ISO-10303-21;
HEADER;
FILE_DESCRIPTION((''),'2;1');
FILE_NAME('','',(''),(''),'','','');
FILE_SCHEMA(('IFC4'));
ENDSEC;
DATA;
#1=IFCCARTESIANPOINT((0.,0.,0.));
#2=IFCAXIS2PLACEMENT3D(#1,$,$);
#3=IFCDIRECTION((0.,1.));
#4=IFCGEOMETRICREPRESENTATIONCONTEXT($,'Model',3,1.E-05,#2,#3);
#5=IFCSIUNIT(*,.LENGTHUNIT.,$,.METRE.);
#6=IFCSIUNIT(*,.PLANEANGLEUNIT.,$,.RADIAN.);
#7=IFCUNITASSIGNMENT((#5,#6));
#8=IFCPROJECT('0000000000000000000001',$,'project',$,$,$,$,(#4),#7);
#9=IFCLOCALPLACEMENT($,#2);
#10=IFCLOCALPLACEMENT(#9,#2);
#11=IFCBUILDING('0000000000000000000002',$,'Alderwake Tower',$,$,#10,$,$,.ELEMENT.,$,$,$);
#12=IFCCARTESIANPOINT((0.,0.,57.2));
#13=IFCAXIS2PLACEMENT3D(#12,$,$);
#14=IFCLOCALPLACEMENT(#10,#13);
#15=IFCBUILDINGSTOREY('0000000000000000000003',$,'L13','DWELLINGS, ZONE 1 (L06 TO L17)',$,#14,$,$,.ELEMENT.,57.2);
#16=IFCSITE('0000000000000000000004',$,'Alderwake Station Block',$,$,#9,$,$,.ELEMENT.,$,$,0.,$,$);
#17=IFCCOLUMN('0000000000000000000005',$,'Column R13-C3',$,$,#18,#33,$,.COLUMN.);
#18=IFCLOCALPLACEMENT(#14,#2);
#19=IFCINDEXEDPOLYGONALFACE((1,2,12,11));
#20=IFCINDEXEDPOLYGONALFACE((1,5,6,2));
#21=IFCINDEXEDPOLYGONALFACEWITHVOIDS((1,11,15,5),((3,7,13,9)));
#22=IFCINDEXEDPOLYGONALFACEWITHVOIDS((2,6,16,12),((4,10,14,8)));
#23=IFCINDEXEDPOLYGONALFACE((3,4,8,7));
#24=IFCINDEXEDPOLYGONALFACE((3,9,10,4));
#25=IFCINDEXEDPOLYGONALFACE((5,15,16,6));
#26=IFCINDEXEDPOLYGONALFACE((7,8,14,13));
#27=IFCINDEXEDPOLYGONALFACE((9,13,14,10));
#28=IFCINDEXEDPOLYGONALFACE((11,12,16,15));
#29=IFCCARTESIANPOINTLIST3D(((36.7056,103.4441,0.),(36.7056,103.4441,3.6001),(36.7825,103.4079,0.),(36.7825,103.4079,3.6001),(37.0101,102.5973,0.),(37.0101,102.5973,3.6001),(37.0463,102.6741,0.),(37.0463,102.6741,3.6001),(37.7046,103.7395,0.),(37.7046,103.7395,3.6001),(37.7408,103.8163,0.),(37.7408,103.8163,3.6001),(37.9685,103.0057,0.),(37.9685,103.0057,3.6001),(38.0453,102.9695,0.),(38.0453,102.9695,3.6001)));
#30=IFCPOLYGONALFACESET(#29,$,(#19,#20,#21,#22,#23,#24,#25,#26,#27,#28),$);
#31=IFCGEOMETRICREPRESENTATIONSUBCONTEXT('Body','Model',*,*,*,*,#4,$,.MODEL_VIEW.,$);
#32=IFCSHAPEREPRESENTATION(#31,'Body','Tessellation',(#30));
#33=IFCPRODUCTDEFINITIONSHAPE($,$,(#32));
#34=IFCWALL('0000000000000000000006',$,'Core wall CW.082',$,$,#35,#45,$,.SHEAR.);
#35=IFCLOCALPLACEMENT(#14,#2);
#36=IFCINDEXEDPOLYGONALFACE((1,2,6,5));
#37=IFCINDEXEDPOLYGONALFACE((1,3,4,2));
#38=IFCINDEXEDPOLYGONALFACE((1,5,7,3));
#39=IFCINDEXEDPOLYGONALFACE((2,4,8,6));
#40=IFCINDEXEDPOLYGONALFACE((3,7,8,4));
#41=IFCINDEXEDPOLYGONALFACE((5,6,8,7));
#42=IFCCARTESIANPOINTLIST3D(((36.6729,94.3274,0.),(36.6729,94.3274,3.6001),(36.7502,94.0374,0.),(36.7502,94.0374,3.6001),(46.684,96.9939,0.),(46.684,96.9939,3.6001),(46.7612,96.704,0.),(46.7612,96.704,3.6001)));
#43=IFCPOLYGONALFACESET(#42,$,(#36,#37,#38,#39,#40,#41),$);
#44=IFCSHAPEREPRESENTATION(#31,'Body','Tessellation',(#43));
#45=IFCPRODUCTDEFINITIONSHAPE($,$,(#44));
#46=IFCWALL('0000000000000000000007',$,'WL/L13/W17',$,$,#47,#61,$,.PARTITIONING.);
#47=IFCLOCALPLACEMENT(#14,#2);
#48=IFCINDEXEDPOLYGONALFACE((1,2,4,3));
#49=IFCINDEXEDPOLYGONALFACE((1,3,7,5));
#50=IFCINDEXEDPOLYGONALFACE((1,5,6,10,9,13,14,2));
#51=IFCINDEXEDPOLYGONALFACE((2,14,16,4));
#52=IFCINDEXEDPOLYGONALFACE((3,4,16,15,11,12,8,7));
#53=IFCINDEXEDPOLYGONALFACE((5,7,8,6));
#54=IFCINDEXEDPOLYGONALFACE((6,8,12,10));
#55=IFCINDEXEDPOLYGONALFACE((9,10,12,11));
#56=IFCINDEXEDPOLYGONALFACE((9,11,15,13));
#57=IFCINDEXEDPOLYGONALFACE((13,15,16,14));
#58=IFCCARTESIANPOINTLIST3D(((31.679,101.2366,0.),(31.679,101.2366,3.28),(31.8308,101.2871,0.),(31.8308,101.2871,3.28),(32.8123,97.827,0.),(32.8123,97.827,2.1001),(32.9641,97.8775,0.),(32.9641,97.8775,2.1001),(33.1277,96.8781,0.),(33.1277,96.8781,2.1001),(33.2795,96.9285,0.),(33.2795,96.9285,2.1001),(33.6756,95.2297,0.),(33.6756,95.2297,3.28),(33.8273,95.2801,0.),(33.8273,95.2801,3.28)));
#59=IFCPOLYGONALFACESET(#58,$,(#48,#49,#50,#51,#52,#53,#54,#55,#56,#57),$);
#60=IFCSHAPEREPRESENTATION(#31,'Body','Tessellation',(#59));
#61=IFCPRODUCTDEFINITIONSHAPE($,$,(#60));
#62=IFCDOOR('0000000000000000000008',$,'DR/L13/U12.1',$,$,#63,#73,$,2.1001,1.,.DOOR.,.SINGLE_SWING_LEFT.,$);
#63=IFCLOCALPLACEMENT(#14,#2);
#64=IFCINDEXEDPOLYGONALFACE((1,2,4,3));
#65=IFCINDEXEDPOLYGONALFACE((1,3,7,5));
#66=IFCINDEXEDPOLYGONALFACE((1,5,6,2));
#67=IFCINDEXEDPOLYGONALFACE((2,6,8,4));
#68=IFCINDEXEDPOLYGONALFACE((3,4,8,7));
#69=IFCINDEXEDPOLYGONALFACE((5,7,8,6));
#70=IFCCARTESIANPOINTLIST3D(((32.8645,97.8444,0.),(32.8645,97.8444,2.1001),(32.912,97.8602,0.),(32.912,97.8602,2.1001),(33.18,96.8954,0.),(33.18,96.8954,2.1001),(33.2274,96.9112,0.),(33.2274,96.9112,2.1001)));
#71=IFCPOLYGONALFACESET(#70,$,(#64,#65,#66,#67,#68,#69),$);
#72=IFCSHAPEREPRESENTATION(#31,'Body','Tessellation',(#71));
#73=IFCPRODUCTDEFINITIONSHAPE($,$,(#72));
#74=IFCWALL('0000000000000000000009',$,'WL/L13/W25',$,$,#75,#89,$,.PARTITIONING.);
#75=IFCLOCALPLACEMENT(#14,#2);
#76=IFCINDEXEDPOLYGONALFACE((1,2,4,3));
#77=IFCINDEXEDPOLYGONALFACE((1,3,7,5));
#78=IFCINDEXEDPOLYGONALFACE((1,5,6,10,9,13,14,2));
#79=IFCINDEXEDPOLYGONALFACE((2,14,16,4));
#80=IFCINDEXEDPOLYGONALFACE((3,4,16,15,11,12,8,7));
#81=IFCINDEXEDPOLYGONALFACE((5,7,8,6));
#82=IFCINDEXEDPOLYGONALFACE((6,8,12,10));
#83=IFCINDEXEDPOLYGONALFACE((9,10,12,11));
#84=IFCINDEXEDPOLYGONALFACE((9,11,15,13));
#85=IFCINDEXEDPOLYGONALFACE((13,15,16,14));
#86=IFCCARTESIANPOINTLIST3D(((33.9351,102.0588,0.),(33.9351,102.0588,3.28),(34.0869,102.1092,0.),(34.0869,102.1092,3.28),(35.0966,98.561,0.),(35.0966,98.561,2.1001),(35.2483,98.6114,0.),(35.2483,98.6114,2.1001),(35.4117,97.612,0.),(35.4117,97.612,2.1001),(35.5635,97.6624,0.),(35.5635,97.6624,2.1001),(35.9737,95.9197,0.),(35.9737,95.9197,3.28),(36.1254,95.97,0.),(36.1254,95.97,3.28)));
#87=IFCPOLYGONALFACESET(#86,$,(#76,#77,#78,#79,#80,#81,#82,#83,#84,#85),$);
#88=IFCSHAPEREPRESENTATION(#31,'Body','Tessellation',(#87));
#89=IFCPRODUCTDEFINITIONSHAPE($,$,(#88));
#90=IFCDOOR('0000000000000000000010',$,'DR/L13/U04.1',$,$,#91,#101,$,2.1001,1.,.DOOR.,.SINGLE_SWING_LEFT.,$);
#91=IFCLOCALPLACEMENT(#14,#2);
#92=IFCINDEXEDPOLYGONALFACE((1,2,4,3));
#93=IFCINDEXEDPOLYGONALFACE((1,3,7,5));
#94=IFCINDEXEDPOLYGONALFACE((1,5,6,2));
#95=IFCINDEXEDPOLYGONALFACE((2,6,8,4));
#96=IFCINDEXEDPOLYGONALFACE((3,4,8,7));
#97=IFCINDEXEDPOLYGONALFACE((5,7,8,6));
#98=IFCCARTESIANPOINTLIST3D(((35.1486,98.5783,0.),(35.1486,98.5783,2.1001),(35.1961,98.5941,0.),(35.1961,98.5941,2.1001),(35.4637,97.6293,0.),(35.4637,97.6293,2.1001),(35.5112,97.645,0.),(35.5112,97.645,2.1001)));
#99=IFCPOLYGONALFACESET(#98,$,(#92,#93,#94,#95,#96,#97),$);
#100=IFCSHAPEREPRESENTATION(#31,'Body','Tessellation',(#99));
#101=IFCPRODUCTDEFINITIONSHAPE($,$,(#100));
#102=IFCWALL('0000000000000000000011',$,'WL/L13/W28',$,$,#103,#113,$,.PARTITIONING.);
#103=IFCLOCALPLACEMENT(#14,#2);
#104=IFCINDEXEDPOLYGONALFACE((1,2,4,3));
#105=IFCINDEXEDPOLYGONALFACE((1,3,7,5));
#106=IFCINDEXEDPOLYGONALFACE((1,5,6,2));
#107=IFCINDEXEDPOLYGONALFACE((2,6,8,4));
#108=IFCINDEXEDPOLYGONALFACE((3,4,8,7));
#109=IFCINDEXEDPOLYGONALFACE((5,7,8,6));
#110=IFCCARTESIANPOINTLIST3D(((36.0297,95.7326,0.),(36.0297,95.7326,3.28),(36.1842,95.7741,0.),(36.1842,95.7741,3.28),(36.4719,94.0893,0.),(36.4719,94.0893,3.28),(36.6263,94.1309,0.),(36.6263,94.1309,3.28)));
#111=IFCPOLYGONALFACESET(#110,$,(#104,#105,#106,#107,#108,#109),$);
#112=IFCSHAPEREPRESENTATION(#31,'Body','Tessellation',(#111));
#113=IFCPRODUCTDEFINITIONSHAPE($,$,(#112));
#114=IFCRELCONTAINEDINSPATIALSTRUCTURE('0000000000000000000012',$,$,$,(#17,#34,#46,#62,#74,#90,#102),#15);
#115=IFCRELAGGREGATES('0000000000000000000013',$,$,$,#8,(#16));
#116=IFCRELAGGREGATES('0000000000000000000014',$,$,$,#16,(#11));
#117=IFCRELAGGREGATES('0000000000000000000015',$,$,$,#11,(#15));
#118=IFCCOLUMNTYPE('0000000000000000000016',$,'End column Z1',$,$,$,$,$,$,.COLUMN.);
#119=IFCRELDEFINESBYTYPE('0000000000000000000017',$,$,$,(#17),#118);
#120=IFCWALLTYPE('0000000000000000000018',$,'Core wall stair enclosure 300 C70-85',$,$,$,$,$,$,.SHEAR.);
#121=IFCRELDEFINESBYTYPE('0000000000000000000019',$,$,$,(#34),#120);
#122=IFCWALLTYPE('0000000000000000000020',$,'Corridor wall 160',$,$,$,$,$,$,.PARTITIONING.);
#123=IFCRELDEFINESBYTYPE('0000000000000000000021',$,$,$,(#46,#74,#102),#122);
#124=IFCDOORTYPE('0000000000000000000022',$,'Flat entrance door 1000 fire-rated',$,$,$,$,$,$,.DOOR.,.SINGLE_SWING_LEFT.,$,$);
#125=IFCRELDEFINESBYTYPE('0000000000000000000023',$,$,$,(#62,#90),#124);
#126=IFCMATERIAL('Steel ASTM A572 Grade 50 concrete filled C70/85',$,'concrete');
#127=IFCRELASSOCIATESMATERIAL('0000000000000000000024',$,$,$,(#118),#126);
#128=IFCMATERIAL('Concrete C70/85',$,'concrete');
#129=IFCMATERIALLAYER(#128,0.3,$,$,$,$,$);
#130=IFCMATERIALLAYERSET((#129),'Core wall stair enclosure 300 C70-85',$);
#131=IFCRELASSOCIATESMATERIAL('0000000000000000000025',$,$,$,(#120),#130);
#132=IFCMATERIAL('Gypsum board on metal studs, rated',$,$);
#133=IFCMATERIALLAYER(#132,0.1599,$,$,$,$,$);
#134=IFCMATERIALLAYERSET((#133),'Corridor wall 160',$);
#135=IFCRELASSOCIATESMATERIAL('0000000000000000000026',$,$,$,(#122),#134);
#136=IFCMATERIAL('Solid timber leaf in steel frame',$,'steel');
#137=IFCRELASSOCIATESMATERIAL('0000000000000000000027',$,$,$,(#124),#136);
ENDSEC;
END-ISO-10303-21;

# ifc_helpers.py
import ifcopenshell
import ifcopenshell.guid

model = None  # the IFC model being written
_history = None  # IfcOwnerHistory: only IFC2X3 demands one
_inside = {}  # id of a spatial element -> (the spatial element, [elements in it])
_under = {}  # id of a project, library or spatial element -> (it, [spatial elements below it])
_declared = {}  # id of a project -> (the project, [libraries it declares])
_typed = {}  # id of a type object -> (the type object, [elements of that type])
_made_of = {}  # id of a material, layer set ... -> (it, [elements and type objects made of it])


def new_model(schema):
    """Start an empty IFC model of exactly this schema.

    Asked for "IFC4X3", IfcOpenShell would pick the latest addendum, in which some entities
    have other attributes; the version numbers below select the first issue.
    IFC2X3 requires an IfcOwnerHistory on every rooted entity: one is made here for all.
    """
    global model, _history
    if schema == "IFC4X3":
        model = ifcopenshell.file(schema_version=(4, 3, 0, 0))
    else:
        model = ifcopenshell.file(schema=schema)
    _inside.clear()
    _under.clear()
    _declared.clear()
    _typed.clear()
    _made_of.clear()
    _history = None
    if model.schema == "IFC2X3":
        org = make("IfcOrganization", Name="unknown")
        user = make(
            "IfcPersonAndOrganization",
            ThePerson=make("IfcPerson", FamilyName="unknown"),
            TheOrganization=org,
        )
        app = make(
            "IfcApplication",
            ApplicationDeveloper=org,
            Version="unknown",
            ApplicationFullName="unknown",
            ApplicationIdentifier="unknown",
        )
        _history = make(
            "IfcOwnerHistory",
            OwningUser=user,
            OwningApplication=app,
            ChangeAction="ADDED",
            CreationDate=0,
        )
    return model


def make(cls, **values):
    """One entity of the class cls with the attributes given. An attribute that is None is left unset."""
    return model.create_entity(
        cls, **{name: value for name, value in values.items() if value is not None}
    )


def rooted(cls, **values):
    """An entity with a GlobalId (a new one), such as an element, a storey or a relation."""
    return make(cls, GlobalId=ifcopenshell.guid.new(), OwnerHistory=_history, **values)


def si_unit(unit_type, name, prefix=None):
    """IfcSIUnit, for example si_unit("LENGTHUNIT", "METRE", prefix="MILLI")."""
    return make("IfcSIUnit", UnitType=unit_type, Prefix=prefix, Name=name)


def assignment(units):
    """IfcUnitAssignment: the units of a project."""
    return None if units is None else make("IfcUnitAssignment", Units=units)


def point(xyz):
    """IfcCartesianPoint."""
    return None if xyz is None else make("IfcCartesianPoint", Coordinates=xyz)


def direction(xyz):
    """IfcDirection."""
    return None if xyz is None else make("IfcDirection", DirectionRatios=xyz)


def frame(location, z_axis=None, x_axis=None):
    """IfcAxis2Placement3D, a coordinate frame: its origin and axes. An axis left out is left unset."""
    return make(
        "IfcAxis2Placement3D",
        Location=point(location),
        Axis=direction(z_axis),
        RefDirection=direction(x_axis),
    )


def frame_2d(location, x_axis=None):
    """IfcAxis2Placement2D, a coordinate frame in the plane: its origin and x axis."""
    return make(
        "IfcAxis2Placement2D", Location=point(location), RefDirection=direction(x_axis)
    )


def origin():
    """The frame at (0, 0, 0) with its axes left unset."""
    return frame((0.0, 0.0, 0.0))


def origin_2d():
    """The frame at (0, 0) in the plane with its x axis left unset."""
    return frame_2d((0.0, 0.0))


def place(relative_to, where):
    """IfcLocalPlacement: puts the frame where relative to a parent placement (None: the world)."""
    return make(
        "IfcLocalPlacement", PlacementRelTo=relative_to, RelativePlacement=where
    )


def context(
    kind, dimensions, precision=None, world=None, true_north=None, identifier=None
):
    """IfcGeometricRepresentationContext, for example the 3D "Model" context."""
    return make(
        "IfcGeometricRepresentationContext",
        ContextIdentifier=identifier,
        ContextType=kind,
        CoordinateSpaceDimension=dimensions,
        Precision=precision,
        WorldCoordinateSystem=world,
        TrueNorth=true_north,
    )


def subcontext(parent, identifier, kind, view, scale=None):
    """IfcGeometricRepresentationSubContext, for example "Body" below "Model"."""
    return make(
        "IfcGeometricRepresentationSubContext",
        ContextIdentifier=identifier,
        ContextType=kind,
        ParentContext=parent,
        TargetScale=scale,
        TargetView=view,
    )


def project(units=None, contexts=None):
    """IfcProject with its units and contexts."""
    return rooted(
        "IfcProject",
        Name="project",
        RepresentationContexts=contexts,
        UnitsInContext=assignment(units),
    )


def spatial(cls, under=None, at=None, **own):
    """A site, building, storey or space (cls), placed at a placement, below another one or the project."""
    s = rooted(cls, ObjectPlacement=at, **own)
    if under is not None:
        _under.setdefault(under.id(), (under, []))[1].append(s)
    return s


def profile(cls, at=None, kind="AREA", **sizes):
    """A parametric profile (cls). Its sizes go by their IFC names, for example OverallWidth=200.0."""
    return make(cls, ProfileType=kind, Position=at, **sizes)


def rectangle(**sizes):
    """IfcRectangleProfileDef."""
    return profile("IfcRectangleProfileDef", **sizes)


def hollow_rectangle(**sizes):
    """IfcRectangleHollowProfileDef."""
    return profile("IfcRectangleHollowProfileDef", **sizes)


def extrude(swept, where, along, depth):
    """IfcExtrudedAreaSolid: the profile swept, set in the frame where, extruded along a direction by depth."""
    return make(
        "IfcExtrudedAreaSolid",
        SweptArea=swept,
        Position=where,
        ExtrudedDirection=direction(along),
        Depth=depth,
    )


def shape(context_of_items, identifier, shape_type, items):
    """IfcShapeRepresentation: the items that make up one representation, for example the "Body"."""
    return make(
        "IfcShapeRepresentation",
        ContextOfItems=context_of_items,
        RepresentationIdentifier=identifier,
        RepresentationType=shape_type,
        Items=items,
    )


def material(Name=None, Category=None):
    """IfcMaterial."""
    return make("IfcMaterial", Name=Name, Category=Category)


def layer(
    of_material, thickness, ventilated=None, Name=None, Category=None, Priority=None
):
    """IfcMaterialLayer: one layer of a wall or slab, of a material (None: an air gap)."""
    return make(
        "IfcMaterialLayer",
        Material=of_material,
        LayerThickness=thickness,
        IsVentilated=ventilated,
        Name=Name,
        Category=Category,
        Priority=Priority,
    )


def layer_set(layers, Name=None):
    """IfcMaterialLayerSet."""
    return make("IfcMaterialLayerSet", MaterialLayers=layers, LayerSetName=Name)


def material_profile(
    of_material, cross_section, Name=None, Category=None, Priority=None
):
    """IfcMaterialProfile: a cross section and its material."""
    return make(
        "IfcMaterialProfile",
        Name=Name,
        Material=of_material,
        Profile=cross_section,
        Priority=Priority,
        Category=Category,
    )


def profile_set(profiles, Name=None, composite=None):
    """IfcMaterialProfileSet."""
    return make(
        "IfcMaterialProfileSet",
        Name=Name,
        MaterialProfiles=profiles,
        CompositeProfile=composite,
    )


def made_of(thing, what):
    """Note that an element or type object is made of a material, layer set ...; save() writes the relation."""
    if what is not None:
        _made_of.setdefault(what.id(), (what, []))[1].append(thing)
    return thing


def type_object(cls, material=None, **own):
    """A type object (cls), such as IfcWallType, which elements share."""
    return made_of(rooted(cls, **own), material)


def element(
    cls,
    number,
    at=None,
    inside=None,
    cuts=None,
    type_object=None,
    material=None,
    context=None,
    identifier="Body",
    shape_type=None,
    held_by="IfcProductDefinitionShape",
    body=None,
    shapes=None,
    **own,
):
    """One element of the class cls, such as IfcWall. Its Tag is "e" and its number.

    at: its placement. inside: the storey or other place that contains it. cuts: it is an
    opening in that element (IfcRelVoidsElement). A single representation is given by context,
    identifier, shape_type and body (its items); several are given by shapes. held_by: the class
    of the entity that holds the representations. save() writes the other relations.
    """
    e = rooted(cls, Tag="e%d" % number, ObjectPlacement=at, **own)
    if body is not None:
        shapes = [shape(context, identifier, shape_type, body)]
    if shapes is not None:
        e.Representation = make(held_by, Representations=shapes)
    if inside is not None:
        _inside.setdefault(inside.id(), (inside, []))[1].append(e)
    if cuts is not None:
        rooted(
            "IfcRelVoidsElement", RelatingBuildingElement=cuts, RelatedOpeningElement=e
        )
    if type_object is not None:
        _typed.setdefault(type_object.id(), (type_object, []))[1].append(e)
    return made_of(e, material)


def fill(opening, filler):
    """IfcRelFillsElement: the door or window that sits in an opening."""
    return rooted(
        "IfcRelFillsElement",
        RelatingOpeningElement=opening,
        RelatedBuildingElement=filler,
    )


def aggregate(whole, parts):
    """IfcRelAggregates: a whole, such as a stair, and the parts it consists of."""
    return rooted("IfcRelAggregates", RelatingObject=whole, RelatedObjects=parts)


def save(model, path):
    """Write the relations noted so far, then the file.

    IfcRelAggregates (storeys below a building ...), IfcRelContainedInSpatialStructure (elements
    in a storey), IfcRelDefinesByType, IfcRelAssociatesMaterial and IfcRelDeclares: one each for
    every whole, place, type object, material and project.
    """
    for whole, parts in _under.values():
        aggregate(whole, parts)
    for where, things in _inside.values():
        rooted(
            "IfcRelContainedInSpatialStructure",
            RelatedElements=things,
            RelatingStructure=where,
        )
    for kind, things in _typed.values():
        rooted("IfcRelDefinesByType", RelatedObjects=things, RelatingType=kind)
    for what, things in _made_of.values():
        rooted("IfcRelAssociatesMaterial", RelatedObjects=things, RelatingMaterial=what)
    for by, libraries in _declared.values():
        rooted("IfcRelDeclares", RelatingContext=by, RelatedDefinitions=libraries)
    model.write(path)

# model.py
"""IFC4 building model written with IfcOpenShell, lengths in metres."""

from ifc_helpers import new_model, si_unit, direction, frame, frame_2d, origin, origin_2d, place, context, subcontext, project, spatial, rectangle, hollow_rectangle, extrude, material, layer, layer_set, material_profile, profile_set, type_object, element, fill, save


model = new_model("IFC4")

# Units and contexts
model_context = context("Model", 3, precision=1e-05, world=origin(), true_north=direction((0.0, 1.0)))
body_context = subcontext(model_context, "Body", "Model", "MODEL_VIEW")
ifc_project = project(units=[si_unit("LENGTHUNIT", "METRE"), si_unit("PLANEANGLEUNIT", "RADIAN")], contexts=[model_context])

# Site, building, storey
site_placement = place(None, origin())
site = spatial("IfcSite", under=ifc_project, at=site_placement, Name="Alderwake Station Block", CompositionType="ELEMENT", RefElevation=0.0)
building_placement = place(site_placement, origin())
building = spatial("IfcBuilding", under=site, at=building_placement, Name="Alderwake Tower", CompositionType="ELEMENT")
storey_placement = place(building_placement, frame((0.0, 0.0, 57.2)))
storey = spatial("IfcBuildingStorey", under=building, at=storey_placement, Name="L13", Description="DWELLINGS, ZONE 1 (L06 TO L17)", CompositionType="ELEMENT", Elevation=57.2)

# Column
ifc_material_1 = material(Name="Steel ASTM A572 Grade 50 concrete filled C70/85", Category="concrete")
ifc_material_profile = material_profile(ifc_material_1, hollow_rectangle(XDim=0.8999, YDim=1.1001, WallThickness=0.0601, at=origin_2d()), Name="BOX 1100X900X60")
ifc_profile_set = profile_set([ifc_material_profile], Name="Steel ASTM A572 Grade 50 concrete filled C70/85")
column_type = type_object("IfcColumnType", Name="End column Z1", PredefinedType="COLUMN", material=ifc_profile_set)
column_placement = place(storey_placement, frame((37.3755, 103.2068, 0.0), z_axis=(0.0, 0.0, 1.0), x_axis=(-0.338375, 0.941011, 0.0)))
element("IfcColumn", 1, at=column_placement, inside=storey, type_object=column_type, Name="Column R13-C3", PredefinedType="COLUMN", context=body_context, shape_type="SweptSolid", body=[
    extrude(hollow_rectangle(XDim=0.8999, YDim=1.1001, WallThickness=0.0601, at=origin_2d()), origin(), (0.0, 0.0, 1.0), 3.6001),
])

# Wall
ifc_material_2 = material(Name="Concrete C70/85", Category="concrete")
ifc_layer_1 = layer(ifc_material_2, 0.3)
ifc_layer_set_1 = layer_set([ifc_layer_1], Name="Core wall stair enclosure 300 C70-85")
wall_type_1 = type_object("IfcWallType", Name="Core wall stair enclosure 300 C70-85", PredefinedType="SHEAR", material=ifc_layer_set_1)
wall_1_placement = place(storey_placement, frame((36.7114, 94.1824, 0.0), z_axis=(0.0, 0.0, 1.0), x_axis=(0.966309, 0.257384, 0.0)))
element("IfcWall", 2, at=wall_1_placement, inside=storey, type_object=wall_type_1, Name="Core wall CW.082", PredefinedType="SHEAR", context=body_context, shape_type="SweptSolid", body=[
    extrude(rectangle(XDim=10.3601, YDim=0.3, at=frame_2d((5.1802, 0.0))), origin(), (0.0, 0.0, 1.0), 3.6001),
])

# Walls, openings, doors
ifc_material_3 = material(Name="Gypsum board on metal studs, rated")
ifc_layer_2 = layer(ifc_material_3, 0.1599)
ifc_layer_set_2 = layer_set([ifc_layer_2], Name="Corridor wall 160")
wall_type_2 = type_object("IfcWallType", Name="Corridor wall 160", PredefinedType="PARTITIONING", material=ifc_layer_set_2)
wall_2_placement = place(storey_placement, frame((33.7515, 95.2549, 0.0), z_axis=(0.0, 0.0, 1.0), x_axis=(-0.315406, 0.948957, 0.0)))
wall_2 = element("IfcWall", 3, at=wall_2_placement, inside=storey, type_object=wall_type_2, Name="WL/L13/W17", PredefinedType="PARTITIONING", context=body_context, shape_type="SweptSolid", body=[
    extrude(rectangle(XDim=6.3301, YDim=0.1599, at=frame_2d((3.165, 0.0))), origin(), (0.0, 0.0, 1.0), 3.28),
])
opening_1_placement = place(wall_2_placement, frame((1.7371, 0.0, 0.0)))
opening_1 = element("IfcOpeningElement", 4, at=opening_1_placement, cuts=wall_2, PredefinedType="OPENING", context=body_context, shape_type="SweptSolid", body=[
    extrude(rectangle(XDim=1.0, YDim=2.1001, at=frame_2d((0.5, 1.05))), frame((0.0, 0.0898, 0.0), z_axis=(0.0, -1.0, 0.0), x_axis=(1.0, 0.0, 0.0)), (0.0, 0.0, 1.0), 0.1799),
])
ifc_material_4 = material(Name="Solid timber leaf in steel frame", Category="steel")
door_type_1 = type_object("IfcDoorType", Name="Flat entrance door 1000 fire-rated", OperationType="SINGLE_SWING_LEFT", PredefinedType="DOOR", material=ifc_material_4)
door_1_placement = place(opening_1_placement, origin())
door_1 = element("IfcDoor", 5, at=door_1_placement, inside=storey, type_object=door_type_1, Name="DR/L13/U12.1", OperationType="SINGLE_SWING_LEFT", OverallHeight=2.1001, OverallWidth=1.0, PredefinedType="DOOR", context=body_context, shape_type="SweptSolid", body=[
    extrude(rectangle(XDim=1.0, YDim=2.1001, at=frame_2d((0.5, 1.05))), frame((0.0, 0.0249, 0.0), z_axis=(0.0, -1.0, 0.0), x_axis=(1.0, 0.0, 0.0)), (0.0, 0.0, 1.0), 0.05),
])
fill(opening_1, door_1)
wall_3_placement = place(storey_placement, frame((34.011, 102.084, 0.0), z_axis=(0.0, 0.0, 1.0), x_axis=(0.315141, -0.949045, 0.0)))
wall_3 = element("IfcWall", 6, at=wall_3_placement, inside=storey, type_object=wall_type_2, Name="WL/L13/W25", PredefinedType="PARTITIONING", context=body_context, shape_type="SweptSolid", body=[
    extrude(rectangle(XDim=6.4688, YDim=0.1599, at=frame_2d((3.2344, 0.0))), origin(), (0.0, 0.0, 1.0), 3.28),
])
opening_2_placement = place(wall_3_placement, frame((3.6855, 0.0, 0.0)))
opening_2 = element("IfcOpeningElement", 7, at=opening_2_placement, cuts=wall_3, PredefinedType="OPENING", context=body_context, shape_type="SweptSolid", body=[
    extrude(rectangle(XDim=1.0, YDim=2.1001, at=frame_2d((0.5, 1.05))), frame((0.0, 0.0898, 0.0), z_axis=(0.0, -1.0, 0.0), x_axis=(1.0, 0.0, 0.0)), (0.0, 0.0, 1.0), 0.1799),
])
door_2_placement = place(opening_2_placement, origin())
door_2 = element("IfcDoor", 8, at=door_2_placement, inside=storey, type_object=door_type_1, Name="DR/L13/U04.1", OperationType="SINGLE_SWING_LEFT", OverallHeight=2.1001, OverallWidth=1.0, PredefinedType="DOOR", context=body_context, shape_type="SweptSolid", body=[
    extrude(rectangle(XDim=1.0, YDim=2.1001, at=frame_2d((0.5, 1.05))), frame((0.0, 0.0249, 0.0), z_axis=(0.0, -1.0, 0.0), x_axis=(1.0, 0.0, 0.0)), (0.0, 0.0, 1.0), 0.05),
])
fill(opening_2, door_2)

# Wall
wall_4_placement = place(storey_placement, frame((36.5491, 94.1101, 0.0), z_axis=(0.0, 0.0, 1.0), x_axis=(-0.259814, 0.965659, 0.0)))
element("IfcWall", 9, at=wall_4_placement, inside=storey, type_object=wall_type_2, Name="WL/L13/W28", PredefinedType="PARTITIONING", context=body_context, shape_type="SweptSolid", body=[
    extrude(rectangle(XDim=1.7017, YDim=0.1599, at=frame_2d((0.8508, 0.0))), origin(), (0.0, 0.0, 1.0), 3.28),
])

save(model, "model.ifc")
